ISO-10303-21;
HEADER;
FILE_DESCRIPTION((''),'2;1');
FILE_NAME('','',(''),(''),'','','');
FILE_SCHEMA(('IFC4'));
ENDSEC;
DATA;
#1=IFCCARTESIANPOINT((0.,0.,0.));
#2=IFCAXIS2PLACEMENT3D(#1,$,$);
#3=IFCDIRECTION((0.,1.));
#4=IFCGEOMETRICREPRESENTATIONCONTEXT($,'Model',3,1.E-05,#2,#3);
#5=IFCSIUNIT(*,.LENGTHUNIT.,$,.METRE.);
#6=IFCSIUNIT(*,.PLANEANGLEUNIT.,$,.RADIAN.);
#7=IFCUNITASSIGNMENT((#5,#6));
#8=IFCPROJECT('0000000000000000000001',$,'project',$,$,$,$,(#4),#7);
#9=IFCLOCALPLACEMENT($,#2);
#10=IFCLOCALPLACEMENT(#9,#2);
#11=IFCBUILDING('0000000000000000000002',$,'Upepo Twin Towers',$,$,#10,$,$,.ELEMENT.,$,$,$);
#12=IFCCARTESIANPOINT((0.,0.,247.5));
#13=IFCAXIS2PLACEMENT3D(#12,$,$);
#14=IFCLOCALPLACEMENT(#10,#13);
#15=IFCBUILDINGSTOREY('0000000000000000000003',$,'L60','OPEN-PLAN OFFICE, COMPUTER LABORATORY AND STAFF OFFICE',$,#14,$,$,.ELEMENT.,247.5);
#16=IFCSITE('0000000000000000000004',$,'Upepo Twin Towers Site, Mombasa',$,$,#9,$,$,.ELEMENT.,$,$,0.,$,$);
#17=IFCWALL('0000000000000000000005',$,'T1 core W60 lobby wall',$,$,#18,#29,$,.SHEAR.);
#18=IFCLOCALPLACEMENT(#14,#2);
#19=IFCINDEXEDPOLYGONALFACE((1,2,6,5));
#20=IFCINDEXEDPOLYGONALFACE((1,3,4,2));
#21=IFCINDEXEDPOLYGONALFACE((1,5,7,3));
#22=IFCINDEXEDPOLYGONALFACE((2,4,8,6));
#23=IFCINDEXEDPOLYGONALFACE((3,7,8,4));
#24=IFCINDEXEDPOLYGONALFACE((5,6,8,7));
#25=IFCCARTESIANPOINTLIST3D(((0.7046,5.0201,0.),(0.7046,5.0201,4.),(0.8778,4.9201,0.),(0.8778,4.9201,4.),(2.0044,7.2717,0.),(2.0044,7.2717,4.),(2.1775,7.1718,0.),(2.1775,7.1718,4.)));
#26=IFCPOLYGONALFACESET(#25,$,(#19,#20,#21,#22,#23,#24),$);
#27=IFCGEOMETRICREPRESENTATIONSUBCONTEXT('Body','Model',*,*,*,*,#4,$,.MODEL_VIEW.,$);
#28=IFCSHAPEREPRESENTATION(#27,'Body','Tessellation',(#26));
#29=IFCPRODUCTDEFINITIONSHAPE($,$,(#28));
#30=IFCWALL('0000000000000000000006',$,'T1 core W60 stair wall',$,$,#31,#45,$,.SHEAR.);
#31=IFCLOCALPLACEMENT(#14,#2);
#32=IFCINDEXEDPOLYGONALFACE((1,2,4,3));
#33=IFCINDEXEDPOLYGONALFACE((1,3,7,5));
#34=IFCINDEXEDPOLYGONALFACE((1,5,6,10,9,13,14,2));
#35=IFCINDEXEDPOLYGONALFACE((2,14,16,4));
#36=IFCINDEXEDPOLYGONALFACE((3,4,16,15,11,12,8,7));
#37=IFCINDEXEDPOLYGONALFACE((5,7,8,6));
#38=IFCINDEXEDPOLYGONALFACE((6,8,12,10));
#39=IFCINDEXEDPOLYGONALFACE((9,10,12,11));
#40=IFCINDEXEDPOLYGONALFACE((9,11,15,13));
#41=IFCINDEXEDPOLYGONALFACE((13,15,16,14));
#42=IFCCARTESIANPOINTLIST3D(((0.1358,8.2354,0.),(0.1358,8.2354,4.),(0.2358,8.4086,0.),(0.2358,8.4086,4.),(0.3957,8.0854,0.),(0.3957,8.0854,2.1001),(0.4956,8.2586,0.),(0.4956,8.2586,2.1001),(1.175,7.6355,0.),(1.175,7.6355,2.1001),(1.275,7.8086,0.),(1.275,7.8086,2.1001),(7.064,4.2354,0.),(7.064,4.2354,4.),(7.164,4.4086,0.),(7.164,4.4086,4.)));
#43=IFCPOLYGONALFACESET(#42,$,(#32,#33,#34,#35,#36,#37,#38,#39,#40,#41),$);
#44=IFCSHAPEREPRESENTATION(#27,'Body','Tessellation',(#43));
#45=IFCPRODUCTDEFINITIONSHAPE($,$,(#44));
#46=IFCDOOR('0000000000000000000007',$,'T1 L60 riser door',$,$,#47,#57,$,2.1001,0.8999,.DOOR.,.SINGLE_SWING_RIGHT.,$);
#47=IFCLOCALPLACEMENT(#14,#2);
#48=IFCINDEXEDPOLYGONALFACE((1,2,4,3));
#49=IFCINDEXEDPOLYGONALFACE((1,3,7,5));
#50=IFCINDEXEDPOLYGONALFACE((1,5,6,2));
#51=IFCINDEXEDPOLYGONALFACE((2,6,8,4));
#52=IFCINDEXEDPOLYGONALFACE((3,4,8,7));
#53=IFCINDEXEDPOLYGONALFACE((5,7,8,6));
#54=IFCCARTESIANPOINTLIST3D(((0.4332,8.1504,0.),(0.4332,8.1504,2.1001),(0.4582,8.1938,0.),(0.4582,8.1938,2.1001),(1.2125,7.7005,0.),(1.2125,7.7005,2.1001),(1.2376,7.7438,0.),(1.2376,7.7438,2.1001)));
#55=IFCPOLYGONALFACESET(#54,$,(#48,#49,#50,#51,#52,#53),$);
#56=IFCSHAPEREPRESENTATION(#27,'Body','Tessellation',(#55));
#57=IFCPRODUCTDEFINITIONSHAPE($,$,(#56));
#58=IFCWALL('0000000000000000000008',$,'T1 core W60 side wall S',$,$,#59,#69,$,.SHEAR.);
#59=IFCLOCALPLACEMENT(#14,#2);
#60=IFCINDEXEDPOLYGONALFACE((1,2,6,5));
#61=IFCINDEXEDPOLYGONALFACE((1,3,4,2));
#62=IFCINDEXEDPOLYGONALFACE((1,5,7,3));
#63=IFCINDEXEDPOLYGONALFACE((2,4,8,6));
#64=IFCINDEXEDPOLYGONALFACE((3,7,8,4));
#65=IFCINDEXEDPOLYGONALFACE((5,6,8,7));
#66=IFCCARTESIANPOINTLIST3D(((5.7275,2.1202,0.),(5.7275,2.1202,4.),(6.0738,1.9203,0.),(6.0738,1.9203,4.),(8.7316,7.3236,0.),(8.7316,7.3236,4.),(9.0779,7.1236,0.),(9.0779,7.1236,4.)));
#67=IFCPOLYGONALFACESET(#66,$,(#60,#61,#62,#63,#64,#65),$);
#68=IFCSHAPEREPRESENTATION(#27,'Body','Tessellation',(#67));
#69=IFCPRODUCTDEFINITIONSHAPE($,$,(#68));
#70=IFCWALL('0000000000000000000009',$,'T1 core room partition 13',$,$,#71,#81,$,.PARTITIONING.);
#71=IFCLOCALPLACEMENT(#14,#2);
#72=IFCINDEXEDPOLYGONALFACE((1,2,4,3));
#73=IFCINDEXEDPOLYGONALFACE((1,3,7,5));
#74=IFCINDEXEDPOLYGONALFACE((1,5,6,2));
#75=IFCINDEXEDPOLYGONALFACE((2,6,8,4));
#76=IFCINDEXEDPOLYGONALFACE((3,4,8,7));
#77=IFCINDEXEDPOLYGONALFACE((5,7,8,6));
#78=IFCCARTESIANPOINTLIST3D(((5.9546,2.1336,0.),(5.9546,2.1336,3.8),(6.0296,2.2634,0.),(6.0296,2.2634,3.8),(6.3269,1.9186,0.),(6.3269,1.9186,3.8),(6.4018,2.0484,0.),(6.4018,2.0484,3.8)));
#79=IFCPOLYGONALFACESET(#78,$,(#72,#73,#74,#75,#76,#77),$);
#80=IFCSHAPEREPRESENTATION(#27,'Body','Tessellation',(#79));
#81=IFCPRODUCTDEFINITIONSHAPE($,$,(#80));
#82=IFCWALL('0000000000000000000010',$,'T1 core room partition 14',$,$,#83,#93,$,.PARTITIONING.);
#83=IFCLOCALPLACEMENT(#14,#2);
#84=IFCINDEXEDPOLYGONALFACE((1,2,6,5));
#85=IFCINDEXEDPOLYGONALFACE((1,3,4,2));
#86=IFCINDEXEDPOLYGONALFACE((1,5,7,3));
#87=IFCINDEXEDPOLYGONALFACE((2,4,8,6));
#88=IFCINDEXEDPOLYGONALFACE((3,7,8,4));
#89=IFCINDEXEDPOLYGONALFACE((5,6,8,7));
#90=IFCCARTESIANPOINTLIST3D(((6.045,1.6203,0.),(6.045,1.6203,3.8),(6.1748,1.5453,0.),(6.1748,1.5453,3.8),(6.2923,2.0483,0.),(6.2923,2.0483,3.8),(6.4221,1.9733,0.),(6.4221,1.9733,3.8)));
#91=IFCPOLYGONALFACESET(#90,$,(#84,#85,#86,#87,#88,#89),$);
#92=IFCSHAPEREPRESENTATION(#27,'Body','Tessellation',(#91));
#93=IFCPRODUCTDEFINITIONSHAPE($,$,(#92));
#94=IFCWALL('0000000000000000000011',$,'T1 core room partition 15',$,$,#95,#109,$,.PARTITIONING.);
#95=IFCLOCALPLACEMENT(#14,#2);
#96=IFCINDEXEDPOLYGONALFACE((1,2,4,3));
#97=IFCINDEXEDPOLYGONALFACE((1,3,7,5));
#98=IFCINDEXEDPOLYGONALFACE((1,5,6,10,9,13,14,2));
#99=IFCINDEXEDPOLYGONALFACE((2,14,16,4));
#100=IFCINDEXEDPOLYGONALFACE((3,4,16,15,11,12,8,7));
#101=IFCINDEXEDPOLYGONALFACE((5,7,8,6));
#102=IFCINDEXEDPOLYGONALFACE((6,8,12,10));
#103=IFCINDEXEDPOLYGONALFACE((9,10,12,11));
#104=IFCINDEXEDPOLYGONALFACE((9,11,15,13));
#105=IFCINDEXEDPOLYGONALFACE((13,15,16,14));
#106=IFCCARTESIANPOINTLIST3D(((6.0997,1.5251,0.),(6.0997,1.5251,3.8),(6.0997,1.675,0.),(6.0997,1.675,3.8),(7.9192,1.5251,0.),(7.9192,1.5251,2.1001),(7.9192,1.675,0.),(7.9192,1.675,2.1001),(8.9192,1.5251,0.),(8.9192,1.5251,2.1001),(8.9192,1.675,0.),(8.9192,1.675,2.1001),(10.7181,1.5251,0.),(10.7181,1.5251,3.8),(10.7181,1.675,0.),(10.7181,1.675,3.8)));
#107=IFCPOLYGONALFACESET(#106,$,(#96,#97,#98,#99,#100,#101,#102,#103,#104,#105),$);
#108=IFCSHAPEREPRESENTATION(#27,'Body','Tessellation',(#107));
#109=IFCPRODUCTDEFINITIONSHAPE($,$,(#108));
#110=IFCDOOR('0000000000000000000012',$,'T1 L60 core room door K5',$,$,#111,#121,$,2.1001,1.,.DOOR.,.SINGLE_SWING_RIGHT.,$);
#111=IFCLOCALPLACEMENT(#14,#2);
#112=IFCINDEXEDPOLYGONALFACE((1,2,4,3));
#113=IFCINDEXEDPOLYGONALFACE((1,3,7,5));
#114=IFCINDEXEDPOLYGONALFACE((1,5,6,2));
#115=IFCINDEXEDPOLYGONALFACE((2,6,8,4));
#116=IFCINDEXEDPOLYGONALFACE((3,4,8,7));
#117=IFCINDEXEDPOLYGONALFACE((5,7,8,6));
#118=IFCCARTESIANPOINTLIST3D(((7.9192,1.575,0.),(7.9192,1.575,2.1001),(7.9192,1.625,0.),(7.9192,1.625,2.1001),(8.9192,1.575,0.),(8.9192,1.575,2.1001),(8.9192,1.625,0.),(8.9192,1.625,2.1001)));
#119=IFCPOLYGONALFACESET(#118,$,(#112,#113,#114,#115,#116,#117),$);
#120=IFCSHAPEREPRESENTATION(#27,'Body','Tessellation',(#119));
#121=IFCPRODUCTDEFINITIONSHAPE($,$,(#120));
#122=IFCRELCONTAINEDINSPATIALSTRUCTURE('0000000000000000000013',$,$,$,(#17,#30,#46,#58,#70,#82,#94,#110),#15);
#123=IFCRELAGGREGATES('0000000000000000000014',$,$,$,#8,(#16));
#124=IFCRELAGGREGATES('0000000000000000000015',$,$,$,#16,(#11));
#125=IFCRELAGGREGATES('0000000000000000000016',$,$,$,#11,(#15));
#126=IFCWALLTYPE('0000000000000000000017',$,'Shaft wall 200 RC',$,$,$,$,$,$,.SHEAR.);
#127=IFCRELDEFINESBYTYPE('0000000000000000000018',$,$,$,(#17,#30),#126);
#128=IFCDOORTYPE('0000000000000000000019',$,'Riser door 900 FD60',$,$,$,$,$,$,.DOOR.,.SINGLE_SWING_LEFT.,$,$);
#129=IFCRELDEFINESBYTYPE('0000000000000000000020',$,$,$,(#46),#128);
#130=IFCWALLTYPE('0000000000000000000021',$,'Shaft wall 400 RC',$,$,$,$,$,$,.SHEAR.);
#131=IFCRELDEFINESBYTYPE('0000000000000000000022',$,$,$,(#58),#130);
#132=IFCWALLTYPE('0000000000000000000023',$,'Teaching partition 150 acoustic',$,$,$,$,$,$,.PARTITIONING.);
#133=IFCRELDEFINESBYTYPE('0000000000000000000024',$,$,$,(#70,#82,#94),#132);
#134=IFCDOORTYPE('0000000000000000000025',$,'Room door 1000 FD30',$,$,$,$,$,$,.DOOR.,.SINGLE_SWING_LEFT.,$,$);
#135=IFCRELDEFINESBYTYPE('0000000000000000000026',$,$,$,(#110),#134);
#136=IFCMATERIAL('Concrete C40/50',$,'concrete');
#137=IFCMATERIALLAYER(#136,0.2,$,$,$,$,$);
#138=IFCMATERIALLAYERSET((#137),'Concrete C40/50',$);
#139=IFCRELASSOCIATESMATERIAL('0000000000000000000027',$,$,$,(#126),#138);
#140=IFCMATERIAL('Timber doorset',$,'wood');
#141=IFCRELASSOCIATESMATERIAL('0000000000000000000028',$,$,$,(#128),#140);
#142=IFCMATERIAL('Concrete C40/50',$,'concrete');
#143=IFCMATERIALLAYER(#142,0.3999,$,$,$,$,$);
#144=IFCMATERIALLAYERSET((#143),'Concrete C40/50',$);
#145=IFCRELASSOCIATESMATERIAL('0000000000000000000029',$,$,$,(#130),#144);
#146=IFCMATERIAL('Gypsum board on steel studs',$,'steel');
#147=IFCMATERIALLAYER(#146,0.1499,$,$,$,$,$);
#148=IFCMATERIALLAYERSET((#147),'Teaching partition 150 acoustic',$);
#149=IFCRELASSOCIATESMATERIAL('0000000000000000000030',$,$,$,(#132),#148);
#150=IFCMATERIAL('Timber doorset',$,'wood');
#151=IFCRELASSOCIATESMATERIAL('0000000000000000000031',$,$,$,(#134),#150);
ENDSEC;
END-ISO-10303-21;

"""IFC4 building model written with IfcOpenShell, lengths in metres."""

from ifc_helpers import new_model, si_unit, direction, frame, frame_2d, origin, place, context, subcontext, project, spatial, rectangle, extrude, material, layer, layer_set, type_object, element, fill, save


model = new_model("IFC4")

# Units and contexts
model_context = context("Model", 3, precision=1e-05, world=origin(), true_north=direction((0.0, 1.0)))
body_context = subcontext(model_context, "Body", "Model", "MODEL_VIEW")
ifc_project = project(units=[si_unit("LENGTHUNIT", "METRE"), si_unit("PLANEANGLEUNIT", "RADIAN")], contexts=[model_context])

# Site, building, storey
site_placement = place(None, origin())
site = spatial("IfcSite", under=ifc_project, at=site_placement, Name="Upepo Twin Towers Site, Mombasa", CompositionType="ELEMENT", RefElevation=0.0)
building_placement = place(site_placement, origin())
building = spatial("IfcBuilding", under=site, at=building_placement, Name="Upepo Twin Towers", CompositionType="ELEMENT")
storey_placement = place(building_placement, frame((0.0, 0.0, 247.5)))
storey = spatial("IfcBuildingStorey", under=building, at=storey_placement, Name="L60", Description="OPEN-PLAN OFFICE, COMPUTER LABORATORY AND STAFF OFFICE", CompositionType="ELEMENT", Elevation=247.5)

# Shared definitions
ifc_material_1 = material(Name="Concrete C40/50", Category="concrete")
ifc_layer_1 = layer(ifc_material_1, 0.2)
ifc_layer_set_1 = layer_set([ifc_layer_1], Name="Concrete C40/50")
wall_type_1 = type_object("IfcWallType", Name="Shaft wall 200 RC", PredefinedType="SHEAR", material=ifc_layer_set_1)

# Wall
for number, where, z_axis, x_axis, name in (
    (1, (0.7913, 4.9702, 0.0), (0.0, 0.0, 1.0), (0.499937, 0.866062, 0.0), "T1 core W60 lobby wall"),
):
    element("IfcWall", number, at=place(storey_placement, frame(where, z_axis=z_axis, x_axis=x_axis)), inside=storey, type_object=wall_type_1, Name=name, PredefinedType="SHEAR", context=body_context, shape_type="SweptSolid", body=[
        extrude(rectangle(XDim=2.5999, YDim=0.2, at=frame_2d((1.2998, 0.0))), origin(), (0.0, 0.0, 1.0), 4.0),
    ])

# Wall, opening, door
wall_1_placement = place(storey_placement, frame((7.114, 4.322, 0.0), z_axis=(0.0, 0.0, 1.0), x_axis=(-0.866026, 0.499999, 0.0)))
wall_1 = element("IfcWall", 2, at=wall_1_placement, inside=storey, type_object=wall_type_1, Name="T1 core W60 stair wall", PredefinedType="SHEAR", context=body_context, shape_type="SweptSolid", body=[
    extrude(rectangle(XDim=8.0, YDim=0.2, at=frame_2d((4.0, 0.0))), origin(), (0.0, 0.0, 1.0), 4.0),
])
opening_1_placement = place(wall_1_placement, frame((6.8, 0.0, 0.0)))
opening_1 = element("IfcOpeningElement", 3, at=opening_1_placement, cuts=wall_1, PredefinedType="OPENING", context=body_context, shape_type="SweptSolid", body=[
    extrude(rectangle(XDim=0.8999, YDim=2.1001, at=frame_2d((0.45, 1.05))), frame((0.0, 0.1099, 0.0), z_axis=(0.0, -1.0, 0.0), x_axis=(1.0, 0.0, 0.0)), (0.0, 0.0, 1.0), 0.22),
])
ifc_material_2 = material(Name="Timber doorset", Category="wood")
door_type_1 = type_object("IfcDoorType", Name="Riser door 900 FD60", OperationType="SINGLE_SWING_LEFT", PredefinedType="DOOR", material=ifc_material_2)
door_1_placement = place(opening_1_placement, origin())
door_1 = element("IfcDoor", 4, at=door_1_placement, inside=storey, type_object=door_type_1, Name="T1 L60 riser door", OperationType="SINGLE_SWING_RIGHT", OverallHeight=2.1001, OverallWidth=0.8999, PredefinedType="DOOR", context=body_context, shape_type="SweptSolid", body=[
    extrude(rectangle(XDim=0.8999, YDim=2.1001, at=frame_2d((0.45, 1.05))), frame((0.0, 0.0249, 0.0), z_axis=(0.0, -1.0, 0.0), x_axis=(1.0, 0.0, 0.0)), (0.0, 0.0, 1.0), 0.05),
])
fill(opening_1, door_1)

# Walls
ifc_material_3 = material(Name="Concrete C40/50", Category="concrete")
ifc_layer_2 = layer(ifc_material_3, 0.3999)
ifc_layer_set_2 = layer_set([ifc_layer_2], Name="Concrete C40/50")
wall_type_2 = type_object("IfcWallType", Name="Shaft wall 400 RC", PredefinedType="SHEAR", material=ifc_layer_set_2)
wall_2_placement = place(storey_placement, frame((5.9006, 2.0203, 0.0), z_axis=(0.0, 0.0, 1.0), x_axis=(0.499998, 0.866027, 0.0)))
element("IfcWall", 5, at=wall_2_placement, inside=storey, type_object=wall_type_2, Name="T1 core W60 side wall S", PredefinedType="SHEAR", context=body_context, shape_type="SweptSolid", body=[
    extrude(rectangle(XDim=6.0083, YDim=0.3999, at=frame_2d((3.0042, 0.0))), origin(), (0.0, 0.0, 1.0), 4.0),
])
ifc_material_4 = material(Name="Gypsum board on steel studs", Category="steel")
ifc_layer_3 = layer(ifc_material_4, 0.1499)
ifc_layer_set_3 = layer_set([ifc_layer_3], Name="Teaching partition 150 acoustic")
wall_type_3 = type_object("IfcWallType", Name="Teaching partition 150 acoustic", PredefinedType="PARTITIONING", material=ifc_layer_set_3)
wall_3_placement = place(storey_placement, frame((5.9922, 2.1985, 0.0), z_axis=(0.0, 0.0, 1.0), x_axis=(0.865892, -0.50023, 0.0)))
element("IfcWall", 6, at=wall_3_placement, inside=storey, type_object=wall_type_3, Name="T1 core room partition 13", PredefinedType="PARTITIONING", context=body_context, shape_type="SweptSolid", body=[
    extrude(rectangle(XDim=0.4299, YDim=0.1499, at=frame_2d((0.2148, 0.0))), origin(), (0.0, 0.0, 1.0), 3.8),
])
wall_4_placement = place(storey_placement, frame((6.3572, 2.0107, 0.0), z_axis=(0.0, 0.0, 1.0), x_axis=(-0.500335, -0.865832, 0.0)))
element("IfcWall", 7, at=wall_4_placement, inside=storey, type_object=wall_type_3, Name="T1 core room partition 14", PredefinedType="PARTITIONING", context=body_context, shape_type="SweptSolid", body=[
    extrude(rectangle(XDim=0.4944, YDim=0.1499, at=frame_2d((0.2471, 0.0))), origin(), (0.0, 0.0, 1.0), 3.8),
])

# Wall, opening, door
wall_5_placement = place(storey_placement, frame((6.0999, 1.6001, 0.0), z_axis=(0.0, 0.0, 1.0), x_axis=(1.0, 0.0, 0.0)))
wall_5 = element("IfcWall", 8, at=wall_5_placement, inside=storey, type_object=wall_type_3, Name="T1 core room partition 15", PredefinedType="PARTITIONING", context=body_context, shape_type="SweptSolid", body=[
    extrude(rectangle(XDim=4.6184, YDim=0.1499, at=frame_2d((2.3091, 0.0))), origin(), (0.0, 0.0, 1.0), 3.8),
])
opening_2_placement = place(wall_5_placement, frame((1.8193, 0.0, 0.0)))
opening_2 = element("IfcOpeningElement", 9, at=opening_2_placement, cuts=wall_5, PredefinedType="OPENING", context=body_context, shape_type="SweptSolid", body=[
    extrude(rectangle(XDim=1.0, YDim=2.1001, at=frame_2d((0.5, 1.05))), frame((0.0, 0.085, 0.0), z_axis=(0.0, -1.0, 0.0), x_axis=(1.0, 0.0, 0.0)), (0.0, 0.0, 1.0), 0.1699),
])
ifc_material_5 = material(Name="Timber doorset", Category="wood")
door_type_2 = type_object("IfcDoorType", Name="Room door 1000 FD30", OperationType="SINGLE_SWING_LEFT", PredefinedType="DOOR", material=ifc_material_5)
door_2_placement = place(opening_2_placement, origin())
door_2 = element("IfcDoor", 10, at=door_2_placement, inside=storey, type_object=door_type_2, Name="T1 L60 core room door K5", OperationType="SINGLE_SWING_RIGHT", OverallHeight=2.1001, OverallWidth=1.0, PredefinedType="DOOR", context=body_context, shape_type="SweptSolid", body=[
    extrude(rectangle(XDim=1.0, YDim=2.1001, at=frame_2d((0.5, 1.05))), frame((0.0, 0.0249, 0.0), z_axis=(0.0, -1.0, 0.0), x_axis=(1.0, 0.0, 0.0)), (0.0, 0.0, 1.0), 0.05),
])
fill(opening_2, door_2)

save(model, "model.ifc")
